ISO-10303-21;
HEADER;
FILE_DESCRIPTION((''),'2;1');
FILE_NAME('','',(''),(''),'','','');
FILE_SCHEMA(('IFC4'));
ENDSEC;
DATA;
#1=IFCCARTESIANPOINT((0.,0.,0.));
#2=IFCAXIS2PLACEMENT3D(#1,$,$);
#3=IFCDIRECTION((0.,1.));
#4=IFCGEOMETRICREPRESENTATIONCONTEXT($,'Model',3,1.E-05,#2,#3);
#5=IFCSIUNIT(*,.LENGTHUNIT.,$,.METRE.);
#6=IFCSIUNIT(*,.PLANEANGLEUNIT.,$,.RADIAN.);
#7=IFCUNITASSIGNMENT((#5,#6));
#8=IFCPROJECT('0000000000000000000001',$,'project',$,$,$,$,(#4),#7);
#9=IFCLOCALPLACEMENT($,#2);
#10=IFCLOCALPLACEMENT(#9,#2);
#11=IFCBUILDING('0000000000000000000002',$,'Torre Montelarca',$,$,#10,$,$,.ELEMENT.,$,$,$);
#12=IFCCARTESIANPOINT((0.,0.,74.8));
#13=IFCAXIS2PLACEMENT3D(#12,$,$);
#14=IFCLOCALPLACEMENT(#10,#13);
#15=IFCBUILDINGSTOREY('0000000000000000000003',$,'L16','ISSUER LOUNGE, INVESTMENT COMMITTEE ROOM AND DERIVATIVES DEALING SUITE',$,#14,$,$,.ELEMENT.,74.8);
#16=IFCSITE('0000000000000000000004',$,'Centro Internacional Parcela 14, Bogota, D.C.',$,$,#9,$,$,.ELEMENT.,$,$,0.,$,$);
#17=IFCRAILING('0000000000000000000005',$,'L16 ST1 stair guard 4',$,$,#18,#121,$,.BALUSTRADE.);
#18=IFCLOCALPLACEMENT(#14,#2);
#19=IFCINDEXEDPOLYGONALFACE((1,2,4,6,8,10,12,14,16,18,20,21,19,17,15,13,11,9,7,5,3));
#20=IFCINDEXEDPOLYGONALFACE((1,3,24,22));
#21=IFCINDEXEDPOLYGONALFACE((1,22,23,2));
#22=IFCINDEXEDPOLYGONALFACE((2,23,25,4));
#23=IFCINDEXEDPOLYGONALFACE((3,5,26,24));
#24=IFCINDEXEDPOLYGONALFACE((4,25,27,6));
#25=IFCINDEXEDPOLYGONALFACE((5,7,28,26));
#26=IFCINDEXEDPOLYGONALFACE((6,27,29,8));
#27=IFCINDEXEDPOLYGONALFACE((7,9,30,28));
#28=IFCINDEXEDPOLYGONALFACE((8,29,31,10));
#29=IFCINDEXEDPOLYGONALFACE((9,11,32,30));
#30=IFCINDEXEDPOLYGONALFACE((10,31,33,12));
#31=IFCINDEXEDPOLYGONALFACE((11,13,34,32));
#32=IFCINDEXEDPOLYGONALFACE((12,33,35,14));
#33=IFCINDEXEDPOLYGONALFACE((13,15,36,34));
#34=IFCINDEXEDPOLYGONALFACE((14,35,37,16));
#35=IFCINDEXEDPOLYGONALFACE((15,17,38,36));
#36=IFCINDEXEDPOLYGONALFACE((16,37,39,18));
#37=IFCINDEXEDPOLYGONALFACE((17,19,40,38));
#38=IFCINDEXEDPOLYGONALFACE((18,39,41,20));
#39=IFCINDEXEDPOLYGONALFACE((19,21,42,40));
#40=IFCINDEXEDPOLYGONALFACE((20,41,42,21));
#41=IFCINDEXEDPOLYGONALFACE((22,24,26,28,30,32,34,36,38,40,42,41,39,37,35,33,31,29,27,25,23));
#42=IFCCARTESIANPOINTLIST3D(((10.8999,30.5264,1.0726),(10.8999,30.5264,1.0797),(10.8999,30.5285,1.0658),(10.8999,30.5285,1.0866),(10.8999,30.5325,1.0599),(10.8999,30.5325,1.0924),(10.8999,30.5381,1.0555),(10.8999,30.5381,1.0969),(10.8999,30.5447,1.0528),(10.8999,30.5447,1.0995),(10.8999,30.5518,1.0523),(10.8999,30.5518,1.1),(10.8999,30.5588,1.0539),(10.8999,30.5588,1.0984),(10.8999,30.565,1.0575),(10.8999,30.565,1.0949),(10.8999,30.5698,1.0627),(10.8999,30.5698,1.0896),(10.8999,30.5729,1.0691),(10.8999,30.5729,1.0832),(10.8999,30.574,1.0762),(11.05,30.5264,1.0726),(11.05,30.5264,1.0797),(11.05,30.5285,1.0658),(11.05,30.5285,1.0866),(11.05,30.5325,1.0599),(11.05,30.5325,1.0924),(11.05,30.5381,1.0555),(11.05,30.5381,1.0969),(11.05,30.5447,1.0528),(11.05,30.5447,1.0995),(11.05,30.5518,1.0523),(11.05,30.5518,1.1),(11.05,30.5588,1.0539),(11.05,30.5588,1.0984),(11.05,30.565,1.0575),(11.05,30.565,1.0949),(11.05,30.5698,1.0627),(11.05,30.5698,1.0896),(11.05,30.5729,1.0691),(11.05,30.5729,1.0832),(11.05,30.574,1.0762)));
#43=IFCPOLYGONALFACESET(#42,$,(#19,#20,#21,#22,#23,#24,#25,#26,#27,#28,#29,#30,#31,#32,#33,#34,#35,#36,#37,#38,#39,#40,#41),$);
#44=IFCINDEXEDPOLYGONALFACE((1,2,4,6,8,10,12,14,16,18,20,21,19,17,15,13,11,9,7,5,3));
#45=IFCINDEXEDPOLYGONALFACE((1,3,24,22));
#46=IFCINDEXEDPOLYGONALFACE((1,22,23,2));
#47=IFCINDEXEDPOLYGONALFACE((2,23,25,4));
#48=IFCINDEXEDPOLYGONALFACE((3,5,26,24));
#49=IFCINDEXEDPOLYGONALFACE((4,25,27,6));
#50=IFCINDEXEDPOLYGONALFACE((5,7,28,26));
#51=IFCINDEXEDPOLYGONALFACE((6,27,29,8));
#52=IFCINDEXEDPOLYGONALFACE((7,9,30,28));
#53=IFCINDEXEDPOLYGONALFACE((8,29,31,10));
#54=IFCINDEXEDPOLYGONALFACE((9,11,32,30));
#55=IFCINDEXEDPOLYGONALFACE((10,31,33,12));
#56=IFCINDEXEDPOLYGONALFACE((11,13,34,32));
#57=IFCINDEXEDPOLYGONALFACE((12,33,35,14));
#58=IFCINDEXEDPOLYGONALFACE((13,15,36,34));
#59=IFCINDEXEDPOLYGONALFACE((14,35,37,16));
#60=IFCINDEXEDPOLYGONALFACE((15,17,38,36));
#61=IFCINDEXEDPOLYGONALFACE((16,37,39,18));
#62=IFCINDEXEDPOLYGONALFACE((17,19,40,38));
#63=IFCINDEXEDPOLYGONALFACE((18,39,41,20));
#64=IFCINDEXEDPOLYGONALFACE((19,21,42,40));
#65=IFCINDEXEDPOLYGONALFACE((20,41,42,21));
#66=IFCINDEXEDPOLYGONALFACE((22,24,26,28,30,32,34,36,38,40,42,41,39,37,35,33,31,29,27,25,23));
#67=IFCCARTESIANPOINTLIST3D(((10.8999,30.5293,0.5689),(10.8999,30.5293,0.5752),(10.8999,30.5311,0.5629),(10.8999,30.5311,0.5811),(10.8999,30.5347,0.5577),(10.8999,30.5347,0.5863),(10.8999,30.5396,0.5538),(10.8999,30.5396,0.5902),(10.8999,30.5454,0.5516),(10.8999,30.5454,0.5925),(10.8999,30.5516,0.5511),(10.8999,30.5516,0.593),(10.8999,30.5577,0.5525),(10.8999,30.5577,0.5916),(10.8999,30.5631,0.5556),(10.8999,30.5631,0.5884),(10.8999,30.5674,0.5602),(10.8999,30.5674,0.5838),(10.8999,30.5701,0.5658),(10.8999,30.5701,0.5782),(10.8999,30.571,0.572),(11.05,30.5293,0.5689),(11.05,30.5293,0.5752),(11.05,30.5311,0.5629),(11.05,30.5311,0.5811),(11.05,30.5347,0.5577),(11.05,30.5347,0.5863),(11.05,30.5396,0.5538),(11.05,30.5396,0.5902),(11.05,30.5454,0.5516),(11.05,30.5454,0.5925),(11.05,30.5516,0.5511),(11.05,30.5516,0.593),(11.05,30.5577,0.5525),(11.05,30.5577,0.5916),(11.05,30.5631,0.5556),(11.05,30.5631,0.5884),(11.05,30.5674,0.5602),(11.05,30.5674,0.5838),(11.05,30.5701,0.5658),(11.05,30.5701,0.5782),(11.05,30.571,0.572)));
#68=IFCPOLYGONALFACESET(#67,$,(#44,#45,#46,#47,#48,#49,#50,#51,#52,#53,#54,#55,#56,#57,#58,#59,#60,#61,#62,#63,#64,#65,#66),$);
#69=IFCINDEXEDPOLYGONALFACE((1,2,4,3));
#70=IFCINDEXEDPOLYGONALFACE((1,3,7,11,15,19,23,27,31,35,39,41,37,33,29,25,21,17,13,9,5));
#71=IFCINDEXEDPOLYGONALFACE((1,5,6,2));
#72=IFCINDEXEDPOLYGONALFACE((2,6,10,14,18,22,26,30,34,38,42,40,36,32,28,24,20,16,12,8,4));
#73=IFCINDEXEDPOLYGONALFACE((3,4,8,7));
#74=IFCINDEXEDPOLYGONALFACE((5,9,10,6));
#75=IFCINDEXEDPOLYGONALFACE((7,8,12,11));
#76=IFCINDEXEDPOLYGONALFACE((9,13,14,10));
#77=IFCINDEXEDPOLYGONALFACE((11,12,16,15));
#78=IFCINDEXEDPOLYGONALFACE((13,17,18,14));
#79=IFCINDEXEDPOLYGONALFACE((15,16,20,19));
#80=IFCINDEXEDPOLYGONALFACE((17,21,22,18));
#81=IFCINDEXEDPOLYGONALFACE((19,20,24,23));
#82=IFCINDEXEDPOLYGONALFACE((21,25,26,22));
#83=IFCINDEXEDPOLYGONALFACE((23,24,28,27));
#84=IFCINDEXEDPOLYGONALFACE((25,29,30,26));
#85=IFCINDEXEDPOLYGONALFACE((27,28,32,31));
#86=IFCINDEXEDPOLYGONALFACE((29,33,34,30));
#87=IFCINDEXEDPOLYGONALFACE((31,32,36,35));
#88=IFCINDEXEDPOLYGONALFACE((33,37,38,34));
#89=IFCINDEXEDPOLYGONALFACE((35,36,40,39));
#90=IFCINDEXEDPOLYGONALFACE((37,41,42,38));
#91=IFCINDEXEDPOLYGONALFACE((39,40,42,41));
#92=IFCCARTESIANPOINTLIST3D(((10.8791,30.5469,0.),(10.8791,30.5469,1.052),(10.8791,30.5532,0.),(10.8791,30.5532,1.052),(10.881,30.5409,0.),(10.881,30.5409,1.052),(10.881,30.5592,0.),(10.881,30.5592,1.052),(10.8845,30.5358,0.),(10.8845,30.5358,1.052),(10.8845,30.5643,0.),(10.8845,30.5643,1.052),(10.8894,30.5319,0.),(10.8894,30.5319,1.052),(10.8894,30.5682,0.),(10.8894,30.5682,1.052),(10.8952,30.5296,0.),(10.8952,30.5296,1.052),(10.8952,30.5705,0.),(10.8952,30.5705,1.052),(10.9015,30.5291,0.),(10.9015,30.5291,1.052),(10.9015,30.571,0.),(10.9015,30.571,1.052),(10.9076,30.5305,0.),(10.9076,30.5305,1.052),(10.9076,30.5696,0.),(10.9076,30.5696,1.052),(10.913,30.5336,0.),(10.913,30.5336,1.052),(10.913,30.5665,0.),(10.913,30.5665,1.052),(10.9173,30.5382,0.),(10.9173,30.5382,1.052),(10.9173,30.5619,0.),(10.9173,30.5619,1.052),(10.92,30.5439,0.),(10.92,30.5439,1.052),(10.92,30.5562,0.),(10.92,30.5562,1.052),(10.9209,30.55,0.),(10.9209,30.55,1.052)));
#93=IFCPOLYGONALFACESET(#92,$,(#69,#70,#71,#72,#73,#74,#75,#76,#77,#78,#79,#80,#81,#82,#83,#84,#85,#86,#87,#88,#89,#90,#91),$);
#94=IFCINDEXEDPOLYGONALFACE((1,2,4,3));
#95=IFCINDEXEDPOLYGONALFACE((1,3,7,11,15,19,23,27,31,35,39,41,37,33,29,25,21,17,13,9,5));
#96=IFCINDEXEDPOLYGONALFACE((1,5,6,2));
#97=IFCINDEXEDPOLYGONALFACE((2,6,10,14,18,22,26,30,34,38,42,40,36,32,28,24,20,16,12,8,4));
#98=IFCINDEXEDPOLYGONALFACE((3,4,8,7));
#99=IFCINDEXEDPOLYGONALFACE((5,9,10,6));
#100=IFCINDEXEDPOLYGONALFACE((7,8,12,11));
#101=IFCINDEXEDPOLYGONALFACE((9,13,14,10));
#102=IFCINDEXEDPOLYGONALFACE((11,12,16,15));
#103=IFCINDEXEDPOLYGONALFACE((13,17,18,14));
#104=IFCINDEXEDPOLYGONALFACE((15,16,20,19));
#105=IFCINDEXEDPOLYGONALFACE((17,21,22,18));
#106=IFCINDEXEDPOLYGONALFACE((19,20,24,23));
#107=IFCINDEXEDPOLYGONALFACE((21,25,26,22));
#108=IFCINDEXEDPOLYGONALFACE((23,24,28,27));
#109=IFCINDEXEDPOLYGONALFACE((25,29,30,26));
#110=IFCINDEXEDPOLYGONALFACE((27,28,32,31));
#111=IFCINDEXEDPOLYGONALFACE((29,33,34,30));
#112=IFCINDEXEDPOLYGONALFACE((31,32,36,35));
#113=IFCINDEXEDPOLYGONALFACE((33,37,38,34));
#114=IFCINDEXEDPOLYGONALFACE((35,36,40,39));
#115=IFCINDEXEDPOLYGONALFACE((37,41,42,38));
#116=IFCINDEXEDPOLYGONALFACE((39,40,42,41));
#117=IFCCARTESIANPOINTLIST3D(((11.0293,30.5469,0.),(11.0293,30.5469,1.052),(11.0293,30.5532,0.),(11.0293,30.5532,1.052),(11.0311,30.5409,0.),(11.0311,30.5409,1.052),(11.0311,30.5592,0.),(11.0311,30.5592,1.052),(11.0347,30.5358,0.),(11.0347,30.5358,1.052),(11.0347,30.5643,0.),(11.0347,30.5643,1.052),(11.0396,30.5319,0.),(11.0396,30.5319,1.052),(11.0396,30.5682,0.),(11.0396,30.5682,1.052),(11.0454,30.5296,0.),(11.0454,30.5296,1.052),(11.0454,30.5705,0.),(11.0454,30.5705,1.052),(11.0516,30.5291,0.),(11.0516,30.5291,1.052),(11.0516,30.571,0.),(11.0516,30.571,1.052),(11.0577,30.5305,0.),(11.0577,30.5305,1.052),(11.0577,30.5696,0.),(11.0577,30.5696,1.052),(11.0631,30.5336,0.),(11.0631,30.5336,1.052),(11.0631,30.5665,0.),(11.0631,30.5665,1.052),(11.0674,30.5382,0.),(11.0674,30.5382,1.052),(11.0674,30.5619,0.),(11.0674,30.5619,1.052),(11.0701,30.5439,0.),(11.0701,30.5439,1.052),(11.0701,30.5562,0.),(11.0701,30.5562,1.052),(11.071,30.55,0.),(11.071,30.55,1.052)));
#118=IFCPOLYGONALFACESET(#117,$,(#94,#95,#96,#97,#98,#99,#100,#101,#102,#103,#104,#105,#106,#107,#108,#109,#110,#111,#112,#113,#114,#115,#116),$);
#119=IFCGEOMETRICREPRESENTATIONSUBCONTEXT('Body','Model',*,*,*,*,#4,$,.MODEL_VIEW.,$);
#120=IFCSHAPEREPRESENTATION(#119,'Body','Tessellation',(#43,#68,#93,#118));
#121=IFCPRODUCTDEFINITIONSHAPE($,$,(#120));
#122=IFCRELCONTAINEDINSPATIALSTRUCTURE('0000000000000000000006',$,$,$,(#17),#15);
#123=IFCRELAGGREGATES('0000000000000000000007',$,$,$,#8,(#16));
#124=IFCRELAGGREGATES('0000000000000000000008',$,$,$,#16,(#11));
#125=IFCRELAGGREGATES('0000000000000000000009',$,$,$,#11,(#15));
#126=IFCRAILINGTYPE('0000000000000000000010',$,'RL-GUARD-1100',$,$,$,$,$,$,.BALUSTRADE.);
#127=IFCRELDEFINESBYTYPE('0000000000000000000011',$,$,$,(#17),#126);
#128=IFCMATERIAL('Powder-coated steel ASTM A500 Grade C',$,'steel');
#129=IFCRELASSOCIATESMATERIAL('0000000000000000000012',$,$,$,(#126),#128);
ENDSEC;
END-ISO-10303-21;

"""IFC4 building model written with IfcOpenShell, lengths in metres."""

from ifc_helpers import new_model, si_unit, direction, frame, origin, origin_2d, place, context, subcontext, project, spatial, circle, extrude, material, type_object, element, save


model = new_model("IFC4")

# Units and contexts
model_context = context("Model", 3, precision=1e-05, world=origin(), true_north=direction((0.0, 1.0)))
body_context = subcontext(model_context, "Body", "Model", "MODEL_VIEW")
ifc_project = project(units=[si_unit("LENGTHUNIT", "METRE"), si_unit("PLANEANGLEUNIT", "RADIAN")], contexts=[model_context])

# Site, building, storey
site_placement = place(None, origin())
site = spatial("IfcSite", under=ifc_project, at=site_placement, Name="Centro Internacional Parcela 14, Bogota, D.C.", CompositionType="ELEMENT", RefElevation=0.0)
building_placement = place(site_placement, origin())
building = spatial("IfcBuilding", under=site, at=building_placement, Name="Torre Montelarca", CompositionType="ELEMENT")
storey_placement = place(building_placement, frame((0.0, 0.0, 74.8)))
storey = spatial("IfcBuildingStorey", under=building, at=storey_placement, Name="L16", Description="ISSUER LOUNGE, INVESTMENT COMMITTEE ROOM AND DERIVATIVES DEALING SUITE", CompositionType="ELEMENT", Elevation=74.8)

# Railing
ifc_material_1 = material(Name="Powder-coated steel ASTM A500 Grade C", Category="steel")
railing_type_1 = type_object("IfcRailingType", Name="RL-GUARD-1100", PredefinedType="BALUSTRADE", material=ifc_material_1)
railing_1_placement = place(storey_placement, frame((10.8999, 30.55, 0.0)))
element("IfcRailing", 1, at=railing_1_placement, inside=storey, type_object=railing_type_1, Name="L16 ST1 stair guard 4", PredefinedType="BALUSTRADE", context=body_context, shape_type="SweptSolid", body=[
    extrude(circle(Radius=0.0239, at=origin_2d()), frame((0.0, 0.0, 1.0762), z_axis=(1.0, 0.0, 0.0), x_axis=(0.0, 1.0, 0.0)), (0.0, 0.0, 1.0), 0.1501),
    extrude(circle(Radius=0.021, at=origin_2d()), frame((0.0, 0.0, 0.572), z_axis=(1.0, 0.0, 0.0), x_axis=(0.0, 1.0, 0.0)), (0.0, 0.0, 1.0), 0.1501),
    extrude(circle(Radius=0.021, at=origin_2d()), origin(), (0.0, 0.0, 1.0), 1.052),
    extrude(circle(Radius=0.021, at=origin_2d()), frame((0.1501, 0.0, 0.0)), (0.0, 0.0, 1.0), 1.052),
])

save(model, "model.ifc")
